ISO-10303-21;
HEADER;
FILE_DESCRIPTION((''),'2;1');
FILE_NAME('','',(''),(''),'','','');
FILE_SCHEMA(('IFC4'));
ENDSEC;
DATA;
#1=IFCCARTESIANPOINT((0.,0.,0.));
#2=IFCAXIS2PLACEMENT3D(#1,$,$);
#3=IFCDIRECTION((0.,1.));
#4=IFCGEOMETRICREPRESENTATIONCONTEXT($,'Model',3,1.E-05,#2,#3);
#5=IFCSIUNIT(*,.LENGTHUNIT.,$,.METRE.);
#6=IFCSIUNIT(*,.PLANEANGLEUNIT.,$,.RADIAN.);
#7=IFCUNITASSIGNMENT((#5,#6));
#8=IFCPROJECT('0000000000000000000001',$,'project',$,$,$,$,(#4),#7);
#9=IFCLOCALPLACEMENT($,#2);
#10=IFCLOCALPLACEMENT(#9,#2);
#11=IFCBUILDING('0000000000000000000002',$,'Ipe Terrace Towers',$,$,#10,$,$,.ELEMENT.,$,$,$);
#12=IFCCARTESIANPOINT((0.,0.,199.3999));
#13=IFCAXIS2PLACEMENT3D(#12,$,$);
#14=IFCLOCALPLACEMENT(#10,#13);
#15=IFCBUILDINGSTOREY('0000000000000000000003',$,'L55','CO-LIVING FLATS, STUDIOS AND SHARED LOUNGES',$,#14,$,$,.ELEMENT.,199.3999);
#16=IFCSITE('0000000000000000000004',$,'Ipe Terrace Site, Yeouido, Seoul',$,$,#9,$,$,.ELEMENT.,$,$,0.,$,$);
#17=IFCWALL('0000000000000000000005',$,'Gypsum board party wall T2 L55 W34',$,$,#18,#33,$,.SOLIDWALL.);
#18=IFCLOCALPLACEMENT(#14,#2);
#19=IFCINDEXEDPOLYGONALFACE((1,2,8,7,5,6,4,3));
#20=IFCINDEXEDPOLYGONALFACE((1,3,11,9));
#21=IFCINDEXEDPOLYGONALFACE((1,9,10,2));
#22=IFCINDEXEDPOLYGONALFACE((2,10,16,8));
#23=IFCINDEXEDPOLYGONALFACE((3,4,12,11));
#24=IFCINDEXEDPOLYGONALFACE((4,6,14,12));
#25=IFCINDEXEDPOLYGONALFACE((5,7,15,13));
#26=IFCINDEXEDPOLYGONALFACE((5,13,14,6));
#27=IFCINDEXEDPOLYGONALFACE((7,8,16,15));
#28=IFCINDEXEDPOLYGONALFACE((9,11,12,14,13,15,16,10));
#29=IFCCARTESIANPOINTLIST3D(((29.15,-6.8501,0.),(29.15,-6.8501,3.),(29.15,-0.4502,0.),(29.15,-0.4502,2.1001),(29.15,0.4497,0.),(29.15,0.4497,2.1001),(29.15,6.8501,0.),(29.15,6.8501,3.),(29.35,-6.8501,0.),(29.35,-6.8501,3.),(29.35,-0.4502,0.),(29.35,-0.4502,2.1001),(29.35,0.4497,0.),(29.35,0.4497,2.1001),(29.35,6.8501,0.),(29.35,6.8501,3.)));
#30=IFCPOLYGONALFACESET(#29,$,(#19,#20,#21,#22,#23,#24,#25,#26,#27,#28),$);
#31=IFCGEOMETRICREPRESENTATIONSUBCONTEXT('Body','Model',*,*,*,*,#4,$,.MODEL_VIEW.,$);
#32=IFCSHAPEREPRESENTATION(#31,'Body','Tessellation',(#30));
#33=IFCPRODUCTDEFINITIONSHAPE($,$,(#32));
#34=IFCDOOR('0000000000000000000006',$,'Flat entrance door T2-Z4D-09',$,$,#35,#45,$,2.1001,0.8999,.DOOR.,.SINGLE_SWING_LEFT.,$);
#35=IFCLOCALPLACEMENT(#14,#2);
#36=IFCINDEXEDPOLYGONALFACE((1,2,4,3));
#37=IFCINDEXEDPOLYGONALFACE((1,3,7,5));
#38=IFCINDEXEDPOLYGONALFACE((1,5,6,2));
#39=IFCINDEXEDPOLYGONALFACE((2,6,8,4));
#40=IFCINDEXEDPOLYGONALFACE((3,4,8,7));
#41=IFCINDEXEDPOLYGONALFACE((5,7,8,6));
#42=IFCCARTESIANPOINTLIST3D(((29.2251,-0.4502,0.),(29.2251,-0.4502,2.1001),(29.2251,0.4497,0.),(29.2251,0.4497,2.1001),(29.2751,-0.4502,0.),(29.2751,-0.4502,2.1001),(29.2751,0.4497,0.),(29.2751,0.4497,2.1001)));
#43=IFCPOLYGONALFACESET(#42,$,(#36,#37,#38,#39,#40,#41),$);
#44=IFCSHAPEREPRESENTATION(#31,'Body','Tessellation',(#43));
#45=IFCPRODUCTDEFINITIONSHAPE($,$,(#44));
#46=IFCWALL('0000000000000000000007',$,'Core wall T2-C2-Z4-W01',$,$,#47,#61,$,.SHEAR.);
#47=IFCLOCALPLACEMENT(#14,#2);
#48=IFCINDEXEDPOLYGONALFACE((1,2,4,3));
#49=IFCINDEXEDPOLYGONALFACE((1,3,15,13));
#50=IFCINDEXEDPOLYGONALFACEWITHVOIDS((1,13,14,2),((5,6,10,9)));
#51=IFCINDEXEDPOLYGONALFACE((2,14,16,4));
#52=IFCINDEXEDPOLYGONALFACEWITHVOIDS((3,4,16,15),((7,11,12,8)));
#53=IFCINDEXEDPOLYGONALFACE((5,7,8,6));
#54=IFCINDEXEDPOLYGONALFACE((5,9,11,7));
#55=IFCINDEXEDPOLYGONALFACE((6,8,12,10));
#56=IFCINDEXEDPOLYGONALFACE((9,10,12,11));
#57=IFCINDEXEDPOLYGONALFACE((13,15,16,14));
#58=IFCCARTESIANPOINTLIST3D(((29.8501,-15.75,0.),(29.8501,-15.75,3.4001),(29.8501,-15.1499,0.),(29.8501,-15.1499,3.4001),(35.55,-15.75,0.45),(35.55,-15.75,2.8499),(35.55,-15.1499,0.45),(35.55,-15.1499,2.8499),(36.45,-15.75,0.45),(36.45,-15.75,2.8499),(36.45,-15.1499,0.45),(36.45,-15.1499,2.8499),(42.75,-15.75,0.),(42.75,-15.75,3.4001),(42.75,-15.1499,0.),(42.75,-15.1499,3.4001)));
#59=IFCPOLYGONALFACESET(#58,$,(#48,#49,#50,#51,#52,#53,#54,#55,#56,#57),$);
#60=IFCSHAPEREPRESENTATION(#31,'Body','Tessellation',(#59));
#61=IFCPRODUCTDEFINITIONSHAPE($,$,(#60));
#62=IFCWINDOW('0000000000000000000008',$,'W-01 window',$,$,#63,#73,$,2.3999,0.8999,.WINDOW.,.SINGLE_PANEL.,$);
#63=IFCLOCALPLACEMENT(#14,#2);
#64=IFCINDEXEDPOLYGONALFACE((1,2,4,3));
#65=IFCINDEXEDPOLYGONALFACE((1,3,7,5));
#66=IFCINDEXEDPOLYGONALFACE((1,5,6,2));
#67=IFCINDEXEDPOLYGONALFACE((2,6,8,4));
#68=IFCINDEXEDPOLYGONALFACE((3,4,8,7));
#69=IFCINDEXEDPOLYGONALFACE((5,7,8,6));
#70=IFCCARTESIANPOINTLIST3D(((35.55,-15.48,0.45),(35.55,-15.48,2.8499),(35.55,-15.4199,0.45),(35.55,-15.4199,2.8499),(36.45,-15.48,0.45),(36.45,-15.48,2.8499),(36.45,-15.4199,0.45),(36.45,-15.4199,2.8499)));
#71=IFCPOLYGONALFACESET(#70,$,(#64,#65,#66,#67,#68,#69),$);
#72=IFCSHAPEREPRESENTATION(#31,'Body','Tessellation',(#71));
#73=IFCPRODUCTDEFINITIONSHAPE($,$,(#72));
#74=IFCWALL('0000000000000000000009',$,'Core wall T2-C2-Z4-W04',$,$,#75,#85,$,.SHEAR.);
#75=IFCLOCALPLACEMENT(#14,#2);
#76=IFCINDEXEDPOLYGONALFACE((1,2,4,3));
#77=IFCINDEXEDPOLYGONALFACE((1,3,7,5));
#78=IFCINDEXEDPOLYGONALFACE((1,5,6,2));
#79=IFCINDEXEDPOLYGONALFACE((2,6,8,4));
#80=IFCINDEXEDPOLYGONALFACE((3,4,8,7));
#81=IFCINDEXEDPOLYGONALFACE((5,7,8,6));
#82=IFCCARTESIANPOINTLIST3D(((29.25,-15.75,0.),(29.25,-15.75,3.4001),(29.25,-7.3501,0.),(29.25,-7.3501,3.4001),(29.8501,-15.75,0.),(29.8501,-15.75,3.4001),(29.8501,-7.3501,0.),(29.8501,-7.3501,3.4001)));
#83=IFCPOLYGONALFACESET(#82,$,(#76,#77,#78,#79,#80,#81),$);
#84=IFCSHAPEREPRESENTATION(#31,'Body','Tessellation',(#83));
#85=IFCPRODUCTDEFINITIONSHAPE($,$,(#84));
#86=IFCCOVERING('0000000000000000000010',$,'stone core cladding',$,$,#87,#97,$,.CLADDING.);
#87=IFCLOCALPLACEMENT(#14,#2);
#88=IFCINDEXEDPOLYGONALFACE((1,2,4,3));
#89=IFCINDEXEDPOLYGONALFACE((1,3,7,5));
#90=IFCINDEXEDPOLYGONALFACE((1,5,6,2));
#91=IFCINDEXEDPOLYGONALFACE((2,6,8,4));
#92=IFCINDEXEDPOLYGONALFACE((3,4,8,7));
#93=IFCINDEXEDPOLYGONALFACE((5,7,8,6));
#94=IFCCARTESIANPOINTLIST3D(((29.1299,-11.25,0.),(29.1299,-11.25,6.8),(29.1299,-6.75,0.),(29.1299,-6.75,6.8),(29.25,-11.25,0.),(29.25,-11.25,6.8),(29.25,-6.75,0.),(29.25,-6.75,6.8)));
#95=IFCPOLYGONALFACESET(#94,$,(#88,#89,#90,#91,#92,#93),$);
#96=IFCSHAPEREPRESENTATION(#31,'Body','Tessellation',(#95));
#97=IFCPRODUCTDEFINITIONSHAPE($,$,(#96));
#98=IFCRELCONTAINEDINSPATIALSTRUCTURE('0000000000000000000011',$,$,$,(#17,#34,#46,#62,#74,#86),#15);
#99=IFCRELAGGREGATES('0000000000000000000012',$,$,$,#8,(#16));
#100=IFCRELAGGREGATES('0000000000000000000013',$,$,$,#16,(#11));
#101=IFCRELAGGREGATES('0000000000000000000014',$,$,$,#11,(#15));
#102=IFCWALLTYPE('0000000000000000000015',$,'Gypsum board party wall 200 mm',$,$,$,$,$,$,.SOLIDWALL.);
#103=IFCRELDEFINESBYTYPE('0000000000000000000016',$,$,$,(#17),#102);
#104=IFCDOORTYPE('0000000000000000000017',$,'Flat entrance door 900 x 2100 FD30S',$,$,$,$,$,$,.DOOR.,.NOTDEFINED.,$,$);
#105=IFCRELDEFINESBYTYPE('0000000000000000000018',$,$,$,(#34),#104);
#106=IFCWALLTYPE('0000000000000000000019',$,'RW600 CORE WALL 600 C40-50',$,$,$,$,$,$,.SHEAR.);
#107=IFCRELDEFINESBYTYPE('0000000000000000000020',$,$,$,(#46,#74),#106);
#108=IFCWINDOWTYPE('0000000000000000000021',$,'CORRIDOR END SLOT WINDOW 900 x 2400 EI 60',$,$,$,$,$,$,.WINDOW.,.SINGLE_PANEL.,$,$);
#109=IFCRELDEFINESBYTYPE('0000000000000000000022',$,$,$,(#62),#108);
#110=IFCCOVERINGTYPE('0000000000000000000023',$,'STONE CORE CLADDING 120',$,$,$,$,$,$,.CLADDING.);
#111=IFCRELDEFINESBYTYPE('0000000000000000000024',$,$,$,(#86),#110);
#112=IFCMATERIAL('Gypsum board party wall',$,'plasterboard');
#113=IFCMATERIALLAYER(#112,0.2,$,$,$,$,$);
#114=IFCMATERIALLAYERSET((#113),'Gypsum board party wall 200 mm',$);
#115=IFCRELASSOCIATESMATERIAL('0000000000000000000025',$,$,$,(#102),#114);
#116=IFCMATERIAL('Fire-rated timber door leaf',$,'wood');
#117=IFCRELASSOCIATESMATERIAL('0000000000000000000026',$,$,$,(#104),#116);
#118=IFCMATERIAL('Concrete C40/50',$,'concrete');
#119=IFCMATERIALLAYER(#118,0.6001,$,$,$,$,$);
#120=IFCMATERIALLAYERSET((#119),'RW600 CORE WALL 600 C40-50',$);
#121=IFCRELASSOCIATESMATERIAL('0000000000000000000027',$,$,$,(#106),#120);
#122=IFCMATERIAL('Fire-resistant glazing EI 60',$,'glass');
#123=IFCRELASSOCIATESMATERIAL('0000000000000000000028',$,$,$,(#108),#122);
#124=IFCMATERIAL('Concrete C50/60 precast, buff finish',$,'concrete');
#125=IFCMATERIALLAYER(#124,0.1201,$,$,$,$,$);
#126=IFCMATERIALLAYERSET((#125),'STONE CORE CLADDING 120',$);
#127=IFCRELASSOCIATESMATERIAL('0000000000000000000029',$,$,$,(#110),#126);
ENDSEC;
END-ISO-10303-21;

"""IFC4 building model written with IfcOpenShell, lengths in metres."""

from ifc_helpers import new_model, si_unit, direction, frame, frame_2d, origin, origin_2d, place, context, subcontext, project, spatial, rectangle, extrude, material, layer, layer_set, type_object, element, fill, save


model = new_model("IFC4")

# Units and contexts
model_context = context("Model", 3, precision=1e-05, world=origin(), true_north=direction((0.0, 1.0)))
body_context = subcontext(model_context, "Body", "Model", "MODEL_VIEW")
ifc_project = project(units=[si_unit("LENGTHUNIT", "METRE"), si_unit("PLANEANGLEUNIT", "RADIAN")], contexts=[model_context])

# Site, building, storey
site_placement = place(None, origin())
site = spatial("IfcSite", under=ifc_project, at=site_placement, Name="Ipe Terrace Site, Yeouido, Seoul", CompositionType="ELEMENT", RefElevation=0.0)
building_placement = place(site_placement, origin())
building = spatial("IfcBuilding", under=site, at=building_placement, Name="Ipe Terrace Towers", CompositionType="ELEMENT")
storey_placement = place(building_placement, frame((0.0, 0.0, 199.3999)))
storey = spatial("IfcBuildingStorey", under=building, at=storey_placement, Name="L55", Description="CO-LIVING FLATS, STUDIOS AND SHARED LOUNGES", CompositionType="ELEMENT", Elevation=199.3999)

# Shared definitions
ifc_material_1 = material(Name="Gypsum board party wall", Category="plasterboard")
ifc_layer_1 = layer(ifc_material_1, 0.2)
ifc_layer_set_1 = layer_set([ifc_layer_1], Name="Gypsum board party wall 200 mm")
wall_type_1 = type_object("IfcWallType", Name="Gypsum board party wall 200 mm", PredefinedType="SOLIDWALL", material=ifc_layer_set_1)

# Wall, opening, door
wall_1_placement = place(storey_placement, frame((29.25, -6.8501, 0.0), z_axis=(0.0, 0.0, 1.0), x_axis=(0.0, 1.0, 0.0)))
wall_1 = element("IfcWall", 1, at=wall_1_placement, inside=storey, type_object=wall_type_1, Name="Gypsum board party wall T2 L55 W34", PredefinedType="SOLIDWALL", context=body_context, shape_type="SweptSolid", body=[
    extrude(rectangle(XDim=13.7002, YDim=0.2, at=frame_2d((6.8501, 0.0))), origin(), (0.0, 0.0, 1.0), 3.0),
])
opening_1_placement = place(wall_1_placement, frame((6.3999, 0.0, 0.0)))
opening_1 = element("IfcOpeningElement", 2, at=opening_1_placement, cuts=wall_1, PredefinedType="OPENING", context=body_context, shape_type="SweptSolid", body=[
    extrude(rectangle(XDim=0.8999, YDim=2.1001, at=frame_2d((0.45, 1.05))), frame((0.0, 0.1099, 0.0), z_axis=(0.0, -1.0, 0.0), x_axis=(1.0, 0.0, 0.0)), (0.0, 0.0, 1.0), 0.22),
])
ifc_material_2 = material(Name="Fire-rated timber door leaf", Category="wood")
door_type_1 = type_object("IfcDoorType", Name="Flat entrance door 900 x 2100 FD30S", OperationType="NOTDEFINED", PredefinedType="DOOR", material=ifc_material_2)
door_1_placement = place(opening_1_placement, origin())
door_1 = element("IfcDoor", 3, at=door_1_placement, inside=storey, type_object=door_type_1, Name="Flat entrance door T2-Z4D-09", OperationType="SINGLE_SWING_LEFT", OverallHeight=2.1001, OverallWidth=0.8999, PredefinedType="DOOR", context=body_context, shape_type="SweptSolid", body=[
    extrude(rectangle(XDim=0.8999, YDim=2.1001, at=frame_2d((0.45, 1.05))), frame((0.0, 0.0249, 0.0), z_axis=(0.0, -1.0, 0.0), x_axis=(1.0, 0.0, 0.0)), (0.0, 0.0, 1.0), 0.05),
])
fill(opening_1, door_1)

# Wall, opening, window
ifc_material_3 = material(Name="Concrete C40/50", Category="concrete")
ifc_layer_2 = layer(ifc_material_3, 0.6001)
ifc_layer_set_2 = layer_set([ifc_layer_2], Name="RW600 CORE WALL 600 C40-50")
wall_type_2 = type_object("IfcWallType", Name="RW600 CORE WALL 600 C40-50", PredefinedType="SHEAR", material=ifc_layer_set_2)
wall_2_placement = place(storey_placement, frame((29.8501, -15.45, 0.0), z_axis=(0.0, 0.0, 1.0), x_axis=(1.0, 0.0, 0.0)))
wall_2 = element("IfcWall", 4, at=wall_2_placement, inside=storey, type_object=wall_type_2, Name="Core wall T2-C2-Z4-W01", PredefinedType="SHEAR", context=body_context, shape_type="SweptSolid", body=[
    extrude(rectangle(XDim=12.8999, YDim=0.6001, at=frame_2d((6.45, 0.0))), origin(), (0.0, 0.0, 1.0), 3.4001),
])
opening_2_placement = place(wall_2_placement, frame((5.7, 0.0, 0.45)))
opening_2 = element("IfcOpeningElement", 5, at=opening_2_placement, cuts=wall_2, PredefinedType="OPENING", context=body_context, shape_type="SweptSolid", body=[
    extrude(rectangle(XDim=0.8999, YDim=2.3999, at=frame_2d((0.45, 1.2))), frame((0.0, 0.3101, 0.0), z_axis=(0.0, -1.0, 0.0), x_axis=(1.0, 0.0, 0.0)), (0.0, 0.0, 1.0), 0.6201),
])
ifc_material_4 = material(Name="Fire-resistant glazing EI 60", Category="glass")
window_type = type_object("IfcWindowType", Name="CORRIDOR END SLOT WINDOW 900 x 2400 EI 60", PartitioningType="SINGLE_PANEL", PredefinedType="WINDOW", material=ifc_material_4)
window_placement = place(opening_2_placement, origin())
window = element("IfcWindow", 6, at=window_placement, inside=storey, type_object=window_type, Name="W-01 window", OverallHeight=2.3999, OverallWidth=0.8999, PartitioningType="SINGLE_PANEL", PredefinedType="WINDOW", context=body_context, shape_type="SweptSolid", body=[
    extrude(rectangle(XDim=0.8999, YDim=2.3999, at=frame_2d((0.45, 1.2))), frame((0.0, 0.03, 0.0), z_axis=(0.0, -1.0, 0.0), x_axis=(1.0, 0.0, 0.0)), (0.0, 0.0, 1.0), 0.0601),
])
fill(opening_2, window)

# Wall
wall_3_placement = place(storey_placement, frame((29.55, -7.3501, 0.0), z_axis=(0.0, 0.0, 1.0), x_axis=(0.0, -1.0, 0.0)))
element("IfcWall", 7, at=wall_3_placement, inside=storey, type_object=wall_type_2, Name="Core wall T2-C2-Z4-W04", PredefinedType="SHEAR", context=body_context, shape_type="SweptSolid", body=[
    extrude(rectangle(XDim=8.3999, YDim=0.6001, at=frame_2d((4.2, 0.0))), origin(), (0.0, 0.0, 1.0), 3.4001),
])

# Covering
ifc_material_5 = material(Name="Concrete C50/60 precast, buff finish", Category="concrete")
ifc_layer_3 = layer(ifc_material_5, 0.1201)
ifc_layer_set_3 = layer_set([ifc_layer_3], Name="STONE CORE CLADDING 120")
covering_type = type_object("IfcCoveringType", Name="STONE CORE CLADDING 120", PredefinedType="CLADDING", material=ifc_layer_set_3)
covering_placement = place(storey_placement, frame((29.1899, -9.0, 0.0), z_axis=(0.0, 0.0, 1.0), x_axis=(0.0, -1.0, 0.0)))
element("IfcCovering", 8, at=covering_placement, inside=storey, type_object=covering_type, Name="stone core cladding", PredefinedType="CLADDING", context=body_context, shape_type="SweptSolid", body=[
    extrude(rectangle(XDim=4.5, YDim=0.1201, at=origin_2d()), origin(), (0.0, 0.0, 1.0), 6.8),
])

save(model, "model.ifc")
